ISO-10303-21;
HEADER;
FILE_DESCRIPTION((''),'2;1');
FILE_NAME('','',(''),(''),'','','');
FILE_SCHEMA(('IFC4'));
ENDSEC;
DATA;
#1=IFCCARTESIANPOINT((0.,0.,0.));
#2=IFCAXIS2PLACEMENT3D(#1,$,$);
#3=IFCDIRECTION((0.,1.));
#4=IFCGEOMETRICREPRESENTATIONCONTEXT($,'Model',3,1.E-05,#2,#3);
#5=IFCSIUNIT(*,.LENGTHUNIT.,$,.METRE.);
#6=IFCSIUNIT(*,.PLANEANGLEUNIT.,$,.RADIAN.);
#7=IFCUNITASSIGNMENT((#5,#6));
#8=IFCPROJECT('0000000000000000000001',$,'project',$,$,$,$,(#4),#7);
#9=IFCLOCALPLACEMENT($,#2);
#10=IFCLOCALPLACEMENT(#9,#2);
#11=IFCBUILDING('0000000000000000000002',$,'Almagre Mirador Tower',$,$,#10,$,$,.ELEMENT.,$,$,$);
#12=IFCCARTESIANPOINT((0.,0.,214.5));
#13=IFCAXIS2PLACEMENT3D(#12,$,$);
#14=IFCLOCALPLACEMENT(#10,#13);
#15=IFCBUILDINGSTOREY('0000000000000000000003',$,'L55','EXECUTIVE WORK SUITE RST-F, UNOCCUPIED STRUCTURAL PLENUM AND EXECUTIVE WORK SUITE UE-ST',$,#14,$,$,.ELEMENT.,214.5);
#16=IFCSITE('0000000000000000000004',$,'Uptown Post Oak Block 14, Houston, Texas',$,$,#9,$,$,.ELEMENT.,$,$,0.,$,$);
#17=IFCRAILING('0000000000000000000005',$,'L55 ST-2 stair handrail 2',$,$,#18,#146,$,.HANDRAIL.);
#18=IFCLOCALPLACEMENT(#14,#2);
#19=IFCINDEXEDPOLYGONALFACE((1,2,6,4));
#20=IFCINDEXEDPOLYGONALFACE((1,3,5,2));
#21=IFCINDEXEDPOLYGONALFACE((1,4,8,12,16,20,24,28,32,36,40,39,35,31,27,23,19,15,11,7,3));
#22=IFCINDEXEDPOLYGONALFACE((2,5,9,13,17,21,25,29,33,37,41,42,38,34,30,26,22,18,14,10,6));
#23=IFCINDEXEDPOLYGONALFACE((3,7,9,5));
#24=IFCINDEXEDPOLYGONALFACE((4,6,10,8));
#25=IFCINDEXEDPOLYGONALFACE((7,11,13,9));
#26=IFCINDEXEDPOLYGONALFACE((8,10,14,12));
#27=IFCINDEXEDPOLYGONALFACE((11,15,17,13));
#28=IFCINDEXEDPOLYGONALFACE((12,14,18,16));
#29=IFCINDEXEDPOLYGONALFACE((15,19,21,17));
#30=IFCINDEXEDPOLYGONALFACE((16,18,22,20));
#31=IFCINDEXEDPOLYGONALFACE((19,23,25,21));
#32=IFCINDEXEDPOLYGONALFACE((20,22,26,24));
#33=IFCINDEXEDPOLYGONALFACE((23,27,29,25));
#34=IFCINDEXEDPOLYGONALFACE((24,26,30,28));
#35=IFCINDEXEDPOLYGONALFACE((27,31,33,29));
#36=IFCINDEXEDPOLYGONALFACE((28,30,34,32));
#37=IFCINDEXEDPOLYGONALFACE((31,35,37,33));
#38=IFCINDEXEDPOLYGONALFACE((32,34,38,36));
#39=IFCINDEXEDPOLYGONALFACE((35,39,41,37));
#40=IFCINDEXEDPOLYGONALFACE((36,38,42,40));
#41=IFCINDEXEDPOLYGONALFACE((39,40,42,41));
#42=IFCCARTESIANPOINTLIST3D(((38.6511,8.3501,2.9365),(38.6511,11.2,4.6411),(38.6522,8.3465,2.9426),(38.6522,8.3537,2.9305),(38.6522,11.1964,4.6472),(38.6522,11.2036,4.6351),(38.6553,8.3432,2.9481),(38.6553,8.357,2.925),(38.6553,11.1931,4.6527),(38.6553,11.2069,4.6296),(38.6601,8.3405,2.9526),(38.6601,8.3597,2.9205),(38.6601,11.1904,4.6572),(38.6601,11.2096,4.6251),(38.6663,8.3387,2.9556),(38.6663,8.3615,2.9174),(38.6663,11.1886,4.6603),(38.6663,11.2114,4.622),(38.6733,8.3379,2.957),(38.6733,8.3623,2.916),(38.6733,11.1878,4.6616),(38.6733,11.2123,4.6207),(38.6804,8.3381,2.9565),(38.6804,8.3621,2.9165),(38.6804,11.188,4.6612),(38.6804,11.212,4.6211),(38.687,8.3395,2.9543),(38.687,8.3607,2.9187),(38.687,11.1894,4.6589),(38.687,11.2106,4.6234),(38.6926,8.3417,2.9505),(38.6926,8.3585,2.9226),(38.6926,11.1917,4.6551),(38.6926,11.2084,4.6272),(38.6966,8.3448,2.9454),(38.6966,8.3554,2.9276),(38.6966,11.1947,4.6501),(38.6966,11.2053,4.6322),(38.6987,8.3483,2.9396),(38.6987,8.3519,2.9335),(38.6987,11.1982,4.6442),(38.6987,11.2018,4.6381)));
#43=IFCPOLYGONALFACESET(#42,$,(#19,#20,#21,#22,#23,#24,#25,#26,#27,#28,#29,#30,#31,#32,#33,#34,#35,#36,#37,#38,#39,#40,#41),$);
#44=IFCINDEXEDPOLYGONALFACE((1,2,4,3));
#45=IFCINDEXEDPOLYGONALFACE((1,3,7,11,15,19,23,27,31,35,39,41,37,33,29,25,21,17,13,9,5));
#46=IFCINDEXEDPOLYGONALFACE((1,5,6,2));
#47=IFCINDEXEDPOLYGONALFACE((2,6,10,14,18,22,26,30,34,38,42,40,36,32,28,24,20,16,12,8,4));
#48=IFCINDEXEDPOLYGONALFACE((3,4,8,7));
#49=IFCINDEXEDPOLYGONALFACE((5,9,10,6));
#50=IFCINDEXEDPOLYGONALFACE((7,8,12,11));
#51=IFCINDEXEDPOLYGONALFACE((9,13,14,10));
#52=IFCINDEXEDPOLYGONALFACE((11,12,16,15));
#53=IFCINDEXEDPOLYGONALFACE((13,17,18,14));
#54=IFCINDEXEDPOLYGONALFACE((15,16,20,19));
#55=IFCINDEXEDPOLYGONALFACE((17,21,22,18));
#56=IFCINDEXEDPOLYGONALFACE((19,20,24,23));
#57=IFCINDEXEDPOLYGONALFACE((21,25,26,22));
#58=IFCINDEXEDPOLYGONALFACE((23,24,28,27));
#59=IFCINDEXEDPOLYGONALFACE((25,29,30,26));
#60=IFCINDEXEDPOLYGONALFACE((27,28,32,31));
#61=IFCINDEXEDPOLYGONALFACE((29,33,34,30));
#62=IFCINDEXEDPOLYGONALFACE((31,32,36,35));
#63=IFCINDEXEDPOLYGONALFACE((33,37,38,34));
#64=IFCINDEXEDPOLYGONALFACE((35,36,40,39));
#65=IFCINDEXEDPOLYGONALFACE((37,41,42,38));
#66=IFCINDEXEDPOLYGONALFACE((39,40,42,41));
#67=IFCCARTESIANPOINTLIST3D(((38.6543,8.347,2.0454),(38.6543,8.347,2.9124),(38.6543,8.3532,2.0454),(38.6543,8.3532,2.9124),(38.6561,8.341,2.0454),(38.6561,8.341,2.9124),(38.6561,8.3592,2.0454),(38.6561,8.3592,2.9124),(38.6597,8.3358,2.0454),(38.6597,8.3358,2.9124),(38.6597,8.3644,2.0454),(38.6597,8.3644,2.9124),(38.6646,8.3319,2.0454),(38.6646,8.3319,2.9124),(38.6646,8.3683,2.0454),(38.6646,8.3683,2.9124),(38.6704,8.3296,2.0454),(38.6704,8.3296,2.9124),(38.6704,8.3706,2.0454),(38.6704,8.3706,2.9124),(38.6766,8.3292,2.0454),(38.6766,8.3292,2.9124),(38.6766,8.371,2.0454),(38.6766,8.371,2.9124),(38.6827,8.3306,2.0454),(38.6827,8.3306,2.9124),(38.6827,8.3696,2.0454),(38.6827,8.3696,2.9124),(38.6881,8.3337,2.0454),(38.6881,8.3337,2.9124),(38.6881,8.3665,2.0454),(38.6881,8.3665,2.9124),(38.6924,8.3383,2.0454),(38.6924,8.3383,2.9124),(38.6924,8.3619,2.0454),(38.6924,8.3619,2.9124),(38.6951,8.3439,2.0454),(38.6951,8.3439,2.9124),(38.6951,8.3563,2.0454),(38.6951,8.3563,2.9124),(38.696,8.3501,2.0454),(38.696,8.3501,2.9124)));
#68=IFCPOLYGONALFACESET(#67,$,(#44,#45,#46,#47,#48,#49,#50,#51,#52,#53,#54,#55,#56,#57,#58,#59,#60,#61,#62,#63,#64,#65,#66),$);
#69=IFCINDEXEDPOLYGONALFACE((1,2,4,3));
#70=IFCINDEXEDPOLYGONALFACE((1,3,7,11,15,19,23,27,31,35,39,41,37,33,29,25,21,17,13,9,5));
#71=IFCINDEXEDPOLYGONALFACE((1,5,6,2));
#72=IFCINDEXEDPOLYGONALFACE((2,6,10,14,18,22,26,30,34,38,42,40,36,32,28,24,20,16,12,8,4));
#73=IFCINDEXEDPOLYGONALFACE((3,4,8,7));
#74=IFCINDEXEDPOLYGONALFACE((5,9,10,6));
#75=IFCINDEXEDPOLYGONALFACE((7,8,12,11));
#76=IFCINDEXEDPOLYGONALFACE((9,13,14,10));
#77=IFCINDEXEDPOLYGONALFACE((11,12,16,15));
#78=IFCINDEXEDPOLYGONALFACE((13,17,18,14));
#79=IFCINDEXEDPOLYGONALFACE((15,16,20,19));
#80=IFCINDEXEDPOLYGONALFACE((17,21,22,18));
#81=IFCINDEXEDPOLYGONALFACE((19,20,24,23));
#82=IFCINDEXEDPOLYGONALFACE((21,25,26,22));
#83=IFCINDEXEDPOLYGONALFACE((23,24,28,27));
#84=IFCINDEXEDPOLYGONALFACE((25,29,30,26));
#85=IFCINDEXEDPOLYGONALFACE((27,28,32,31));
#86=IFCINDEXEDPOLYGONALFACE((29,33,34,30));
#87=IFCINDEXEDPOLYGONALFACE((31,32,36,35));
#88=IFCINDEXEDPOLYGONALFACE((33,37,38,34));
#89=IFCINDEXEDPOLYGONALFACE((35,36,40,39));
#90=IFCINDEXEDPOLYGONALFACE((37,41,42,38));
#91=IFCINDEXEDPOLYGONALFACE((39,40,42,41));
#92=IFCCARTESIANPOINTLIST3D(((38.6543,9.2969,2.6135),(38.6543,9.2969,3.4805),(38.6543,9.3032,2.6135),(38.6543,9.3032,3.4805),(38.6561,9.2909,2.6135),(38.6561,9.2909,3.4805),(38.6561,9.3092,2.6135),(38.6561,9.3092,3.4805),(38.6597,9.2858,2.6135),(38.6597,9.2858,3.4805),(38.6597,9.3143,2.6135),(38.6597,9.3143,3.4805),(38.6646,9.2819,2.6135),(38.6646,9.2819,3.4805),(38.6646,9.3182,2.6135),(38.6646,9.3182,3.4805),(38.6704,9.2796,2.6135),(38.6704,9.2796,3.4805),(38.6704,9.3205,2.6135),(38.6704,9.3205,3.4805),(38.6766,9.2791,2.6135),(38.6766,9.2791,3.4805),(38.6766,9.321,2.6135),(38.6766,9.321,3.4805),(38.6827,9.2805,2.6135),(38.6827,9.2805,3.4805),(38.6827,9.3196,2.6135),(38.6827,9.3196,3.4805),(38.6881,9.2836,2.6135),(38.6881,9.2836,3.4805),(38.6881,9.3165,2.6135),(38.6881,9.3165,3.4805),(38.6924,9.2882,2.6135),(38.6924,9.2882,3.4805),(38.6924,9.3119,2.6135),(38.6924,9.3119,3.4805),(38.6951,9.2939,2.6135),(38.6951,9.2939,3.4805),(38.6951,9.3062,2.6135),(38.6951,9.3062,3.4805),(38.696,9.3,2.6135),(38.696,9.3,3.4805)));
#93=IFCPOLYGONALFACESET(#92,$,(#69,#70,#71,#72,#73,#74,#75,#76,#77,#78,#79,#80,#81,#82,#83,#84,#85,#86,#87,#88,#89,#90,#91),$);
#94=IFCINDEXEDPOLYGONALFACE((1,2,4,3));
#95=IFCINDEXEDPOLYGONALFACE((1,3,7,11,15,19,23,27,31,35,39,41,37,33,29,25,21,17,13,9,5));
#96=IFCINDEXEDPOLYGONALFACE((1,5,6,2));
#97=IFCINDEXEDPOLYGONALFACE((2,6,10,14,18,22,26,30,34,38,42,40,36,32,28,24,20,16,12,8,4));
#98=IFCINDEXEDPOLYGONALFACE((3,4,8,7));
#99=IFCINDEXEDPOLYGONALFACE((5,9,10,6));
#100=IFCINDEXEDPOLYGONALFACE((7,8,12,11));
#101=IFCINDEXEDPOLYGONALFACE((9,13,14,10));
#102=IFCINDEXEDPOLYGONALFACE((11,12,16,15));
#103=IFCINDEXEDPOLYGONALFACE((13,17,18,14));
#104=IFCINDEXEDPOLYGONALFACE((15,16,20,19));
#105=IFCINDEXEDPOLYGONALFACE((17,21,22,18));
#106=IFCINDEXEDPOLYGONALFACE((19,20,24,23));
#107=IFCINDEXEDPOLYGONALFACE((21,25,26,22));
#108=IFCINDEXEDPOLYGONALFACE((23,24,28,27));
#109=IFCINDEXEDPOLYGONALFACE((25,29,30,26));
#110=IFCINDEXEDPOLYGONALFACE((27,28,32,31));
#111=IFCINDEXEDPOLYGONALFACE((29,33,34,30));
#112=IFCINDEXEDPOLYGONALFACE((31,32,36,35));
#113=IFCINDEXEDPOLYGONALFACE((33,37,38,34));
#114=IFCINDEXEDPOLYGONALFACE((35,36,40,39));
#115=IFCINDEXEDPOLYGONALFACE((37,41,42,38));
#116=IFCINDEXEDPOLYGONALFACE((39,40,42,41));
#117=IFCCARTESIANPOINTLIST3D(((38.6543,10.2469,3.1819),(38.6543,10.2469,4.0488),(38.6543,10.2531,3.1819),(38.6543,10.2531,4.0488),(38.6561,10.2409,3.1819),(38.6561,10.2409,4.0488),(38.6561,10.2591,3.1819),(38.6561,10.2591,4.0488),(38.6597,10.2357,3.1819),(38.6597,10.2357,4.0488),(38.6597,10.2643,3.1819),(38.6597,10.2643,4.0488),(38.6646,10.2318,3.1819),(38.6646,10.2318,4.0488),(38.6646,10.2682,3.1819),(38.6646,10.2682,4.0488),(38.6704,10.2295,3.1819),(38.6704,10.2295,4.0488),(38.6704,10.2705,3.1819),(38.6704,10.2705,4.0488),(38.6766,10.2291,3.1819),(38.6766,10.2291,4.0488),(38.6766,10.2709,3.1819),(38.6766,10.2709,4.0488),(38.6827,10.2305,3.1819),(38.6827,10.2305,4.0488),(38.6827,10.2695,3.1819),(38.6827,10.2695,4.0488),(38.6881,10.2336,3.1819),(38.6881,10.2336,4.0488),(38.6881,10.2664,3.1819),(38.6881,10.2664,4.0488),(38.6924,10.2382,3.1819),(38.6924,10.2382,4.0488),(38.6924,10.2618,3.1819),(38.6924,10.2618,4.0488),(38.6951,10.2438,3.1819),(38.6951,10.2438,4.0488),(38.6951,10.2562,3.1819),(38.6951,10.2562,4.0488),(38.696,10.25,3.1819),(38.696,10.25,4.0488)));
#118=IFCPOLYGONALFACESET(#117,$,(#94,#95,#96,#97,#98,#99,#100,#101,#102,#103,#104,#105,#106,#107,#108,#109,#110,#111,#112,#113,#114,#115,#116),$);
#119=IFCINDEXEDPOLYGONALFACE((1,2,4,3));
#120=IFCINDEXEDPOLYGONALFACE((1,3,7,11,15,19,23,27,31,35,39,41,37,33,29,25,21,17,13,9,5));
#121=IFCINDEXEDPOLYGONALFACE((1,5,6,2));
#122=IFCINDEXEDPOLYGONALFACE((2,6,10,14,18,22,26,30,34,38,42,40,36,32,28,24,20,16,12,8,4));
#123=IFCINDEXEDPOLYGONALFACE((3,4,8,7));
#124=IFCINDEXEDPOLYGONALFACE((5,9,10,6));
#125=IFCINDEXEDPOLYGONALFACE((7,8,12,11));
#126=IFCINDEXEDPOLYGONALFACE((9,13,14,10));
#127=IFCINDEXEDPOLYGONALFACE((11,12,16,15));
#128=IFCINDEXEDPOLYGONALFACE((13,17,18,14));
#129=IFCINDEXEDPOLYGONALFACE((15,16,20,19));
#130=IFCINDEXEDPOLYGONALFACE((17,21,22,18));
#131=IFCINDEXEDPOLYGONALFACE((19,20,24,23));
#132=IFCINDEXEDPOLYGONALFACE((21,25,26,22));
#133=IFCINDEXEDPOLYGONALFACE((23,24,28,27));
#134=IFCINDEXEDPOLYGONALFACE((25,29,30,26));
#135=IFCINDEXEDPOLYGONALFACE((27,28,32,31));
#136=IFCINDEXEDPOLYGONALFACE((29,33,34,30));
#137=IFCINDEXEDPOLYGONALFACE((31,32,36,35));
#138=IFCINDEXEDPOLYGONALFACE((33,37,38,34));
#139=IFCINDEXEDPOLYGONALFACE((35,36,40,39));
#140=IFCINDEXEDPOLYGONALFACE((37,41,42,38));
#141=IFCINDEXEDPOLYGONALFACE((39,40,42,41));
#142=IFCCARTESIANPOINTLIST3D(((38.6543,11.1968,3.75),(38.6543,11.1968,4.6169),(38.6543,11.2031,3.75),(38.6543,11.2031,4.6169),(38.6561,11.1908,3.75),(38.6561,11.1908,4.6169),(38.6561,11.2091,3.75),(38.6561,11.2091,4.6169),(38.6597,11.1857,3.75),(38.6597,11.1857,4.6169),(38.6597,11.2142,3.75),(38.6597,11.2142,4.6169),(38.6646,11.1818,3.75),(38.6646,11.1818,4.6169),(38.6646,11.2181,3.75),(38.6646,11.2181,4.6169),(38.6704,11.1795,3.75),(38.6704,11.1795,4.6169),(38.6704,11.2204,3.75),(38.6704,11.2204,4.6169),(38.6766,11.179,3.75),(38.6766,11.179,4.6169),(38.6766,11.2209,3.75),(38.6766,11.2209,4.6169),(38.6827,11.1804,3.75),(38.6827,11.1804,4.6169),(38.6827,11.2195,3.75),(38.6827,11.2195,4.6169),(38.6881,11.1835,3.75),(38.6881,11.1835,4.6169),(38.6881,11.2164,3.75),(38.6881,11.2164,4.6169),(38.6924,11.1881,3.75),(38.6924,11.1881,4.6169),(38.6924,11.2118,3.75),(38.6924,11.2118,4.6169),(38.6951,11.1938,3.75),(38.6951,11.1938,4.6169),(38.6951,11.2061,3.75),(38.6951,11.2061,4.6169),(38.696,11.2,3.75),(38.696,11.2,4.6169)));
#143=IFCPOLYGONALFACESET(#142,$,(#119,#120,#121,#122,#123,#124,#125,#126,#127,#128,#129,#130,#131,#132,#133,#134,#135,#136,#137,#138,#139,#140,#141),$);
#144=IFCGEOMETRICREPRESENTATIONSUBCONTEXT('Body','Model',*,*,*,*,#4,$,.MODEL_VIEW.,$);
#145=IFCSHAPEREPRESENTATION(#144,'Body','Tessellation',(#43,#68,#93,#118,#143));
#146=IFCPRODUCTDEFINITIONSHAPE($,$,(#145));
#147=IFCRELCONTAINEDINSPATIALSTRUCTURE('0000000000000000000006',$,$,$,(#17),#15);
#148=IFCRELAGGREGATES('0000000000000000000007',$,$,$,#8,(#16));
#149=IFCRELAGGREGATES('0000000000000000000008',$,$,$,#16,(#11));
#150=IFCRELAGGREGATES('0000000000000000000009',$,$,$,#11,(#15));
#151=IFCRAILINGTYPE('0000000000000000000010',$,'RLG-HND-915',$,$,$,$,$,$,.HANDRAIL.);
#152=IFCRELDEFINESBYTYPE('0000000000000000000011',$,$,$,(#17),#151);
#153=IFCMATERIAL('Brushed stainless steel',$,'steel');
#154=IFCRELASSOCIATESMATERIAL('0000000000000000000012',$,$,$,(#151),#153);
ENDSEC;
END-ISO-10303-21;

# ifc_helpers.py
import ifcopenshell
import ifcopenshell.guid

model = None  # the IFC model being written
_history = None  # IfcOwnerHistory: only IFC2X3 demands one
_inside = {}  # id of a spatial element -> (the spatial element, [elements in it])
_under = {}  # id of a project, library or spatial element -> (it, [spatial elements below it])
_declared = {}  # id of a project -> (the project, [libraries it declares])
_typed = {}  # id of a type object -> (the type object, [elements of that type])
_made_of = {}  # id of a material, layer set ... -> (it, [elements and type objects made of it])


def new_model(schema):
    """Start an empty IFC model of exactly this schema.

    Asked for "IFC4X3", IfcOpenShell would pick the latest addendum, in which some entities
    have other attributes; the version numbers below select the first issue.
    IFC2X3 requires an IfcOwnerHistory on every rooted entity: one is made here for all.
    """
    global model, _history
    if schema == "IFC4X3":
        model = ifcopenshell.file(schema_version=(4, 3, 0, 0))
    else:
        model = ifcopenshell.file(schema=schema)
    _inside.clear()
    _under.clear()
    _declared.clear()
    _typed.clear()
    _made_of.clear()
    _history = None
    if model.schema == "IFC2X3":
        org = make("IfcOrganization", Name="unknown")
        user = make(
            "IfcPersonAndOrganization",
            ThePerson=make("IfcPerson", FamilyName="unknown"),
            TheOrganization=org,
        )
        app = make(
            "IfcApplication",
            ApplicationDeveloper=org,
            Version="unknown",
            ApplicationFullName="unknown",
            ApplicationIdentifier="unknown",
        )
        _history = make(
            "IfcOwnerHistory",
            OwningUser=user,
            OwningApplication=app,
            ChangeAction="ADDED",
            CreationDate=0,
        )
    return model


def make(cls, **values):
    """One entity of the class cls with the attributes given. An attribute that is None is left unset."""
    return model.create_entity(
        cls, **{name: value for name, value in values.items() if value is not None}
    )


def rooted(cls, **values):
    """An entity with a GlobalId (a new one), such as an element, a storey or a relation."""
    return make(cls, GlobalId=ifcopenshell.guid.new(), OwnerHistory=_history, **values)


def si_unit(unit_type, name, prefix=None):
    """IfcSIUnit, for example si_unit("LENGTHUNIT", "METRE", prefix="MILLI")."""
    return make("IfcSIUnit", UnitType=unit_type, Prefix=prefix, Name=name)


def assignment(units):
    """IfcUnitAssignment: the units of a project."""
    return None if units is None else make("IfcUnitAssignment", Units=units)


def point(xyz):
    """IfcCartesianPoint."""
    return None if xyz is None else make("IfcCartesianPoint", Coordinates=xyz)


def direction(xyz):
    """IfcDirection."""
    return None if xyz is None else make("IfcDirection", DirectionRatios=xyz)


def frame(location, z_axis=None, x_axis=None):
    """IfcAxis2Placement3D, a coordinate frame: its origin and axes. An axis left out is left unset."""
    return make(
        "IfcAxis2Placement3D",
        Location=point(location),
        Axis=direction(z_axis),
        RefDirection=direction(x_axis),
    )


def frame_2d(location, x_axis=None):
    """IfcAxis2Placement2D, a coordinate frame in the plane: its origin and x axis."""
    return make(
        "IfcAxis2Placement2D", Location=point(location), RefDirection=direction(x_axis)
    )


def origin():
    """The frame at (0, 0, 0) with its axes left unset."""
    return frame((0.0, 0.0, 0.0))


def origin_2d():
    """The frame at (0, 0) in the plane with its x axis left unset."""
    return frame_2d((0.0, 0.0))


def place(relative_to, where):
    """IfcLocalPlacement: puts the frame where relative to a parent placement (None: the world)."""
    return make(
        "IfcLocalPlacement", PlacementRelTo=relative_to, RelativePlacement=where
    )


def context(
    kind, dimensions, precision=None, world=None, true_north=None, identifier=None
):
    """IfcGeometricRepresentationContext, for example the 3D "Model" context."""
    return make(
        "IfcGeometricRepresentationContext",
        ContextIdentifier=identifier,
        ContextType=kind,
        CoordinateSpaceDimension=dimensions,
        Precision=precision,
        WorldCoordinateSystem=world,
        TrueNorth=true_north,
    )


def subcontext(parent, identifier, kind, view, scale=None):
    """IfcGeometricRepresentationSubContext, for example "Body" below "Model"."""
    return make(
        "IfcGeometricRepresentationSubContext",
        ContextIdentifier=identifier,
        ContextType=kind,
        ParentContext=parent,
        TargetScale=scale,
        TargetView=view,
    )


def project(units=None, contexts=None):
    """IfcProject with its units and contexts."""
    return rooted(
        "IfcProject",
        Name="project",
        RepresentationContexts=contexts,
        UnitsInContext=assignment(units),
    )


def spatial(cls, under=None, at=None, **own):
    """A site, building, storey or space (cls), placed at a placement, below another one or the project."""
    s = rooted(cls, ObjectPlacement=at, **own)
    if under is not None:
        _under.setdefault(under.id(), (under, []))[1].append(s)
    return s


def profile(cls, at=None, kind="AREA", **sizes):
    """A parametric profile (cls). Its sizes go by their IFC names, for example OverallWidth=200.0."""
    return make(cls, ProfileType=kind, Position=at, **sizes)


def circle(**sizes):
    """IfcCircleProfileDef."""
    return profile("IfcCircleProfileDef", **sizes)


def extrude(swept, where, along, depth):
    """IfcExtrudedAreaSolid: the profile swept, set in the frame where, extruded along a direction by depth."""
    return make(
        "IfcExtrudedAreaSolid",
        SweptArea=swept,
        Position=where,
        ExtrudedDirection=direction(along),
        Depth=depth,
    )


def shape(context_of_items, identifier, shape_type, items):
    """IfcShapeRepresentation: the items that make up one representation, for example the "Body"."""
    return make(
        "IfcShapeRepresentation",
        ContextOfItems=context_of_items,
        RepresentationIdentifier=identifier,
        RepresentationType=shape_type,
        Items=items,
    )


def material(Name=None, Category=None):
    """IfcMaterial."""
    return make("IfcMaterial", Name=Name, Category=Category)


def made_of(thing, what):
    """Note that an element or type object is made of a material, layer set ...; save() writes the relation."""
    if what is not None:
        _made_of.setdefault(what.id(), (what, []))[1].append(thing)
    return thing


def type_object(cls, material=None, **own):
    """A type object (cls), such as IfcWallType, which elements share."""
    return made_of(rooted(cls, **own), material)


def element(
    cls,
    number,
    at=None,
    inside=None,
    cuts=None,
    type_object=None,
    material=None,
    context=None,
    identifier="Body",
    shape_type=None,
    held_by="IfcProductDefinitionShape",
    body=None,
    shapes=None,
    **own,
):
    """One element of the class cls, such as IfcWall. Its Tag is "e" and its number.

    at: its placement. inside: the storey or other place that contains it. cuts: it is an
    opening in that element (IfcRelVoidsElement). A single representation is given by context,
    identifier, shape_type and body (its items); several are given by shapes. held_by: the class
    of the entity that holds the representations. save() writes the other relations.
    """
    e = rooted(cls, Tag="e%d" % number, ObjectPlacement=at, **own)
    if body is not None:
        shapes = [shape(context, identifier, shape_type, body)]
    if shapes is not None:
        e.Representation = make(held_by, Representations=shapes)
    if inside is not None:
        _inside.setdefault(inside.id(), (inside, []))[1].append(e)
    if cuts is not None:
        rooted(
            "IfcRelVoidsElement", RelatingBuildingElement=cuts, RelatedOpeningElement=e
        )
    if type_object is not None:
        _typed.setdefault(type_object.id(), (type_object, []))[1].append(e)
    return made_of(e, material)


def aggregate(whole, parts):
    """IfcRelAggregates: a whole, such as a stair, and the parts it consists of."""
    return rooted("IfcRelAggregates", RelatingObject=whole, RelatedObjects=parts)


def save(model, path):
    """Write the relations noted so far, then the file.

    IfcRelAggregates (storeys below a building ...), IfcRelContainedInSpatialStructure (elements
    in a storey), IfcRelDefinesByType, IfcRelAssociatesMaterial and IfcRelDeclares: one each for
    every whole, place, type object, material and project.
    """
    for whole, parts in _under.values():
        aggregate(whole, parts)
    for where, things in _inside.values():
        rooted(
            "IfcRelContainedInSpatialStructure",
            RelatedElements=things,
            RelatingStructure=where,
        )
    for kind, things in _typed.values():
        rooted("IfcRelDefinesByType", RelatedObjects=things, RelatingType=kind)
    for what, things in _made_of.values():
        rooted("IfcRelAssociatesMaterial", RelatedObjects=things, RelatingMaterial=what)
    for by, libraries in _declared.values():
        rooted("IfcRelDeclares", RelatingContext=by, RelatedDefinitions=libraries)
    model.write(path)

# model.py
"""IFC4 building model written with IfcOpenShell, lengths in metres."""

from ifc_helpers import new_model, si_unit, direction, frame, origin, origin_2d, place, context, subcontext, project, spatial, circle, extrude, material, type_object, element, save


model = new_model("IFC4")

# Units and contexts
model_context = context("Model", 3, precision=1e-05, world=origin(), true_north=direction((0.0, 1.0)))
body_context = subcontext(model_context, "Body", "Model", "MODEL_VIEW")
ifc_project = project(units=[si_unit("LENGTHUNIT", "METRE"), si_unit("PLANEANGLEUNIT", "RADIAN")], contexts=[model_context])

# Site, building, storey
site_placement = place(None, origin())
site = spatial("IfcSite", under=ifc_project, at=site_placement, Name="Uptown Post Oak Block 14, Houston, Texas", CompositionType="ELEMENT", RefElevation=0.0)
building_placement = place(site_placement, origin())
building = spatial("IfcBuilding", under=site, at=building_placement, Name="Almagre Mirador Tower", CompositionType="ELEMENT")
storey_placement = place(building_placement, frame((0.0, 0.0, 214.5)))
storey = spatial("IfcBuildingStorey", under=building, at=storey_placement, Name="L55", Description="EXECUTIVE WORK SUITE RST-F, UNOCCUPIED STRUCTURAL PLENUM AND EXECUTIVE WORK SUITE UE-ST", CompositionType="ELEMENT", Elevation=214.5)

# Railing
ifc_material_1 = material(Name="Brushed stainless steel", Category="steel")
railing_type_1 = type_object("IfcRailingType", Name="RLG-HND-915", PredefinedType="HANDRAIL", material=ifc_material_1)
railing_1_placement = place(storey_placement, frame((38.675, 8.3501, 2.0454)))
element("IfcRailing", 1, at=railing_1_placement, inside=storey, type_object=railing_type_1, Name="L55 ST-2 stair handrail 2", PredefinedType="HANDRAIL", context=body_context, shape_type="SweptSolid", body=[
    extrude(circle(Radius=0.0239, at=origin_2d()), frame((0.0, 0.0, 0.8911), z_axis=(0.0, 0.858199, 0.513317), x_axis=(-1.0, 0.0, 0.0)), (0.0, 0.0, 1.0), 3.3208),
    extrude(circle(Radius=0.021, at=origin_2d()), origin(), (0.0, 0.0, 1.0), 0.8669),
    extrude(circle(Radius=0.021, at=origin_2d()), frame((0.0, 0.95, 0.5681)), (0.0, 0.0, 1.0), 0.8669),
    extrude(circle(Radius=0.021, at=origin_2d()), frame((0.0, 1.8999, 1.1365)), (0.0, 0.0, 1.0), 0.8669),
    extrude(circle(Radius=0.021, at=origin_2d()), frame((0.0, 2.8499, 1.7046)), (0.0, 0.0, 1.0), 0.8669),
])

save(model, "model.ifc")
